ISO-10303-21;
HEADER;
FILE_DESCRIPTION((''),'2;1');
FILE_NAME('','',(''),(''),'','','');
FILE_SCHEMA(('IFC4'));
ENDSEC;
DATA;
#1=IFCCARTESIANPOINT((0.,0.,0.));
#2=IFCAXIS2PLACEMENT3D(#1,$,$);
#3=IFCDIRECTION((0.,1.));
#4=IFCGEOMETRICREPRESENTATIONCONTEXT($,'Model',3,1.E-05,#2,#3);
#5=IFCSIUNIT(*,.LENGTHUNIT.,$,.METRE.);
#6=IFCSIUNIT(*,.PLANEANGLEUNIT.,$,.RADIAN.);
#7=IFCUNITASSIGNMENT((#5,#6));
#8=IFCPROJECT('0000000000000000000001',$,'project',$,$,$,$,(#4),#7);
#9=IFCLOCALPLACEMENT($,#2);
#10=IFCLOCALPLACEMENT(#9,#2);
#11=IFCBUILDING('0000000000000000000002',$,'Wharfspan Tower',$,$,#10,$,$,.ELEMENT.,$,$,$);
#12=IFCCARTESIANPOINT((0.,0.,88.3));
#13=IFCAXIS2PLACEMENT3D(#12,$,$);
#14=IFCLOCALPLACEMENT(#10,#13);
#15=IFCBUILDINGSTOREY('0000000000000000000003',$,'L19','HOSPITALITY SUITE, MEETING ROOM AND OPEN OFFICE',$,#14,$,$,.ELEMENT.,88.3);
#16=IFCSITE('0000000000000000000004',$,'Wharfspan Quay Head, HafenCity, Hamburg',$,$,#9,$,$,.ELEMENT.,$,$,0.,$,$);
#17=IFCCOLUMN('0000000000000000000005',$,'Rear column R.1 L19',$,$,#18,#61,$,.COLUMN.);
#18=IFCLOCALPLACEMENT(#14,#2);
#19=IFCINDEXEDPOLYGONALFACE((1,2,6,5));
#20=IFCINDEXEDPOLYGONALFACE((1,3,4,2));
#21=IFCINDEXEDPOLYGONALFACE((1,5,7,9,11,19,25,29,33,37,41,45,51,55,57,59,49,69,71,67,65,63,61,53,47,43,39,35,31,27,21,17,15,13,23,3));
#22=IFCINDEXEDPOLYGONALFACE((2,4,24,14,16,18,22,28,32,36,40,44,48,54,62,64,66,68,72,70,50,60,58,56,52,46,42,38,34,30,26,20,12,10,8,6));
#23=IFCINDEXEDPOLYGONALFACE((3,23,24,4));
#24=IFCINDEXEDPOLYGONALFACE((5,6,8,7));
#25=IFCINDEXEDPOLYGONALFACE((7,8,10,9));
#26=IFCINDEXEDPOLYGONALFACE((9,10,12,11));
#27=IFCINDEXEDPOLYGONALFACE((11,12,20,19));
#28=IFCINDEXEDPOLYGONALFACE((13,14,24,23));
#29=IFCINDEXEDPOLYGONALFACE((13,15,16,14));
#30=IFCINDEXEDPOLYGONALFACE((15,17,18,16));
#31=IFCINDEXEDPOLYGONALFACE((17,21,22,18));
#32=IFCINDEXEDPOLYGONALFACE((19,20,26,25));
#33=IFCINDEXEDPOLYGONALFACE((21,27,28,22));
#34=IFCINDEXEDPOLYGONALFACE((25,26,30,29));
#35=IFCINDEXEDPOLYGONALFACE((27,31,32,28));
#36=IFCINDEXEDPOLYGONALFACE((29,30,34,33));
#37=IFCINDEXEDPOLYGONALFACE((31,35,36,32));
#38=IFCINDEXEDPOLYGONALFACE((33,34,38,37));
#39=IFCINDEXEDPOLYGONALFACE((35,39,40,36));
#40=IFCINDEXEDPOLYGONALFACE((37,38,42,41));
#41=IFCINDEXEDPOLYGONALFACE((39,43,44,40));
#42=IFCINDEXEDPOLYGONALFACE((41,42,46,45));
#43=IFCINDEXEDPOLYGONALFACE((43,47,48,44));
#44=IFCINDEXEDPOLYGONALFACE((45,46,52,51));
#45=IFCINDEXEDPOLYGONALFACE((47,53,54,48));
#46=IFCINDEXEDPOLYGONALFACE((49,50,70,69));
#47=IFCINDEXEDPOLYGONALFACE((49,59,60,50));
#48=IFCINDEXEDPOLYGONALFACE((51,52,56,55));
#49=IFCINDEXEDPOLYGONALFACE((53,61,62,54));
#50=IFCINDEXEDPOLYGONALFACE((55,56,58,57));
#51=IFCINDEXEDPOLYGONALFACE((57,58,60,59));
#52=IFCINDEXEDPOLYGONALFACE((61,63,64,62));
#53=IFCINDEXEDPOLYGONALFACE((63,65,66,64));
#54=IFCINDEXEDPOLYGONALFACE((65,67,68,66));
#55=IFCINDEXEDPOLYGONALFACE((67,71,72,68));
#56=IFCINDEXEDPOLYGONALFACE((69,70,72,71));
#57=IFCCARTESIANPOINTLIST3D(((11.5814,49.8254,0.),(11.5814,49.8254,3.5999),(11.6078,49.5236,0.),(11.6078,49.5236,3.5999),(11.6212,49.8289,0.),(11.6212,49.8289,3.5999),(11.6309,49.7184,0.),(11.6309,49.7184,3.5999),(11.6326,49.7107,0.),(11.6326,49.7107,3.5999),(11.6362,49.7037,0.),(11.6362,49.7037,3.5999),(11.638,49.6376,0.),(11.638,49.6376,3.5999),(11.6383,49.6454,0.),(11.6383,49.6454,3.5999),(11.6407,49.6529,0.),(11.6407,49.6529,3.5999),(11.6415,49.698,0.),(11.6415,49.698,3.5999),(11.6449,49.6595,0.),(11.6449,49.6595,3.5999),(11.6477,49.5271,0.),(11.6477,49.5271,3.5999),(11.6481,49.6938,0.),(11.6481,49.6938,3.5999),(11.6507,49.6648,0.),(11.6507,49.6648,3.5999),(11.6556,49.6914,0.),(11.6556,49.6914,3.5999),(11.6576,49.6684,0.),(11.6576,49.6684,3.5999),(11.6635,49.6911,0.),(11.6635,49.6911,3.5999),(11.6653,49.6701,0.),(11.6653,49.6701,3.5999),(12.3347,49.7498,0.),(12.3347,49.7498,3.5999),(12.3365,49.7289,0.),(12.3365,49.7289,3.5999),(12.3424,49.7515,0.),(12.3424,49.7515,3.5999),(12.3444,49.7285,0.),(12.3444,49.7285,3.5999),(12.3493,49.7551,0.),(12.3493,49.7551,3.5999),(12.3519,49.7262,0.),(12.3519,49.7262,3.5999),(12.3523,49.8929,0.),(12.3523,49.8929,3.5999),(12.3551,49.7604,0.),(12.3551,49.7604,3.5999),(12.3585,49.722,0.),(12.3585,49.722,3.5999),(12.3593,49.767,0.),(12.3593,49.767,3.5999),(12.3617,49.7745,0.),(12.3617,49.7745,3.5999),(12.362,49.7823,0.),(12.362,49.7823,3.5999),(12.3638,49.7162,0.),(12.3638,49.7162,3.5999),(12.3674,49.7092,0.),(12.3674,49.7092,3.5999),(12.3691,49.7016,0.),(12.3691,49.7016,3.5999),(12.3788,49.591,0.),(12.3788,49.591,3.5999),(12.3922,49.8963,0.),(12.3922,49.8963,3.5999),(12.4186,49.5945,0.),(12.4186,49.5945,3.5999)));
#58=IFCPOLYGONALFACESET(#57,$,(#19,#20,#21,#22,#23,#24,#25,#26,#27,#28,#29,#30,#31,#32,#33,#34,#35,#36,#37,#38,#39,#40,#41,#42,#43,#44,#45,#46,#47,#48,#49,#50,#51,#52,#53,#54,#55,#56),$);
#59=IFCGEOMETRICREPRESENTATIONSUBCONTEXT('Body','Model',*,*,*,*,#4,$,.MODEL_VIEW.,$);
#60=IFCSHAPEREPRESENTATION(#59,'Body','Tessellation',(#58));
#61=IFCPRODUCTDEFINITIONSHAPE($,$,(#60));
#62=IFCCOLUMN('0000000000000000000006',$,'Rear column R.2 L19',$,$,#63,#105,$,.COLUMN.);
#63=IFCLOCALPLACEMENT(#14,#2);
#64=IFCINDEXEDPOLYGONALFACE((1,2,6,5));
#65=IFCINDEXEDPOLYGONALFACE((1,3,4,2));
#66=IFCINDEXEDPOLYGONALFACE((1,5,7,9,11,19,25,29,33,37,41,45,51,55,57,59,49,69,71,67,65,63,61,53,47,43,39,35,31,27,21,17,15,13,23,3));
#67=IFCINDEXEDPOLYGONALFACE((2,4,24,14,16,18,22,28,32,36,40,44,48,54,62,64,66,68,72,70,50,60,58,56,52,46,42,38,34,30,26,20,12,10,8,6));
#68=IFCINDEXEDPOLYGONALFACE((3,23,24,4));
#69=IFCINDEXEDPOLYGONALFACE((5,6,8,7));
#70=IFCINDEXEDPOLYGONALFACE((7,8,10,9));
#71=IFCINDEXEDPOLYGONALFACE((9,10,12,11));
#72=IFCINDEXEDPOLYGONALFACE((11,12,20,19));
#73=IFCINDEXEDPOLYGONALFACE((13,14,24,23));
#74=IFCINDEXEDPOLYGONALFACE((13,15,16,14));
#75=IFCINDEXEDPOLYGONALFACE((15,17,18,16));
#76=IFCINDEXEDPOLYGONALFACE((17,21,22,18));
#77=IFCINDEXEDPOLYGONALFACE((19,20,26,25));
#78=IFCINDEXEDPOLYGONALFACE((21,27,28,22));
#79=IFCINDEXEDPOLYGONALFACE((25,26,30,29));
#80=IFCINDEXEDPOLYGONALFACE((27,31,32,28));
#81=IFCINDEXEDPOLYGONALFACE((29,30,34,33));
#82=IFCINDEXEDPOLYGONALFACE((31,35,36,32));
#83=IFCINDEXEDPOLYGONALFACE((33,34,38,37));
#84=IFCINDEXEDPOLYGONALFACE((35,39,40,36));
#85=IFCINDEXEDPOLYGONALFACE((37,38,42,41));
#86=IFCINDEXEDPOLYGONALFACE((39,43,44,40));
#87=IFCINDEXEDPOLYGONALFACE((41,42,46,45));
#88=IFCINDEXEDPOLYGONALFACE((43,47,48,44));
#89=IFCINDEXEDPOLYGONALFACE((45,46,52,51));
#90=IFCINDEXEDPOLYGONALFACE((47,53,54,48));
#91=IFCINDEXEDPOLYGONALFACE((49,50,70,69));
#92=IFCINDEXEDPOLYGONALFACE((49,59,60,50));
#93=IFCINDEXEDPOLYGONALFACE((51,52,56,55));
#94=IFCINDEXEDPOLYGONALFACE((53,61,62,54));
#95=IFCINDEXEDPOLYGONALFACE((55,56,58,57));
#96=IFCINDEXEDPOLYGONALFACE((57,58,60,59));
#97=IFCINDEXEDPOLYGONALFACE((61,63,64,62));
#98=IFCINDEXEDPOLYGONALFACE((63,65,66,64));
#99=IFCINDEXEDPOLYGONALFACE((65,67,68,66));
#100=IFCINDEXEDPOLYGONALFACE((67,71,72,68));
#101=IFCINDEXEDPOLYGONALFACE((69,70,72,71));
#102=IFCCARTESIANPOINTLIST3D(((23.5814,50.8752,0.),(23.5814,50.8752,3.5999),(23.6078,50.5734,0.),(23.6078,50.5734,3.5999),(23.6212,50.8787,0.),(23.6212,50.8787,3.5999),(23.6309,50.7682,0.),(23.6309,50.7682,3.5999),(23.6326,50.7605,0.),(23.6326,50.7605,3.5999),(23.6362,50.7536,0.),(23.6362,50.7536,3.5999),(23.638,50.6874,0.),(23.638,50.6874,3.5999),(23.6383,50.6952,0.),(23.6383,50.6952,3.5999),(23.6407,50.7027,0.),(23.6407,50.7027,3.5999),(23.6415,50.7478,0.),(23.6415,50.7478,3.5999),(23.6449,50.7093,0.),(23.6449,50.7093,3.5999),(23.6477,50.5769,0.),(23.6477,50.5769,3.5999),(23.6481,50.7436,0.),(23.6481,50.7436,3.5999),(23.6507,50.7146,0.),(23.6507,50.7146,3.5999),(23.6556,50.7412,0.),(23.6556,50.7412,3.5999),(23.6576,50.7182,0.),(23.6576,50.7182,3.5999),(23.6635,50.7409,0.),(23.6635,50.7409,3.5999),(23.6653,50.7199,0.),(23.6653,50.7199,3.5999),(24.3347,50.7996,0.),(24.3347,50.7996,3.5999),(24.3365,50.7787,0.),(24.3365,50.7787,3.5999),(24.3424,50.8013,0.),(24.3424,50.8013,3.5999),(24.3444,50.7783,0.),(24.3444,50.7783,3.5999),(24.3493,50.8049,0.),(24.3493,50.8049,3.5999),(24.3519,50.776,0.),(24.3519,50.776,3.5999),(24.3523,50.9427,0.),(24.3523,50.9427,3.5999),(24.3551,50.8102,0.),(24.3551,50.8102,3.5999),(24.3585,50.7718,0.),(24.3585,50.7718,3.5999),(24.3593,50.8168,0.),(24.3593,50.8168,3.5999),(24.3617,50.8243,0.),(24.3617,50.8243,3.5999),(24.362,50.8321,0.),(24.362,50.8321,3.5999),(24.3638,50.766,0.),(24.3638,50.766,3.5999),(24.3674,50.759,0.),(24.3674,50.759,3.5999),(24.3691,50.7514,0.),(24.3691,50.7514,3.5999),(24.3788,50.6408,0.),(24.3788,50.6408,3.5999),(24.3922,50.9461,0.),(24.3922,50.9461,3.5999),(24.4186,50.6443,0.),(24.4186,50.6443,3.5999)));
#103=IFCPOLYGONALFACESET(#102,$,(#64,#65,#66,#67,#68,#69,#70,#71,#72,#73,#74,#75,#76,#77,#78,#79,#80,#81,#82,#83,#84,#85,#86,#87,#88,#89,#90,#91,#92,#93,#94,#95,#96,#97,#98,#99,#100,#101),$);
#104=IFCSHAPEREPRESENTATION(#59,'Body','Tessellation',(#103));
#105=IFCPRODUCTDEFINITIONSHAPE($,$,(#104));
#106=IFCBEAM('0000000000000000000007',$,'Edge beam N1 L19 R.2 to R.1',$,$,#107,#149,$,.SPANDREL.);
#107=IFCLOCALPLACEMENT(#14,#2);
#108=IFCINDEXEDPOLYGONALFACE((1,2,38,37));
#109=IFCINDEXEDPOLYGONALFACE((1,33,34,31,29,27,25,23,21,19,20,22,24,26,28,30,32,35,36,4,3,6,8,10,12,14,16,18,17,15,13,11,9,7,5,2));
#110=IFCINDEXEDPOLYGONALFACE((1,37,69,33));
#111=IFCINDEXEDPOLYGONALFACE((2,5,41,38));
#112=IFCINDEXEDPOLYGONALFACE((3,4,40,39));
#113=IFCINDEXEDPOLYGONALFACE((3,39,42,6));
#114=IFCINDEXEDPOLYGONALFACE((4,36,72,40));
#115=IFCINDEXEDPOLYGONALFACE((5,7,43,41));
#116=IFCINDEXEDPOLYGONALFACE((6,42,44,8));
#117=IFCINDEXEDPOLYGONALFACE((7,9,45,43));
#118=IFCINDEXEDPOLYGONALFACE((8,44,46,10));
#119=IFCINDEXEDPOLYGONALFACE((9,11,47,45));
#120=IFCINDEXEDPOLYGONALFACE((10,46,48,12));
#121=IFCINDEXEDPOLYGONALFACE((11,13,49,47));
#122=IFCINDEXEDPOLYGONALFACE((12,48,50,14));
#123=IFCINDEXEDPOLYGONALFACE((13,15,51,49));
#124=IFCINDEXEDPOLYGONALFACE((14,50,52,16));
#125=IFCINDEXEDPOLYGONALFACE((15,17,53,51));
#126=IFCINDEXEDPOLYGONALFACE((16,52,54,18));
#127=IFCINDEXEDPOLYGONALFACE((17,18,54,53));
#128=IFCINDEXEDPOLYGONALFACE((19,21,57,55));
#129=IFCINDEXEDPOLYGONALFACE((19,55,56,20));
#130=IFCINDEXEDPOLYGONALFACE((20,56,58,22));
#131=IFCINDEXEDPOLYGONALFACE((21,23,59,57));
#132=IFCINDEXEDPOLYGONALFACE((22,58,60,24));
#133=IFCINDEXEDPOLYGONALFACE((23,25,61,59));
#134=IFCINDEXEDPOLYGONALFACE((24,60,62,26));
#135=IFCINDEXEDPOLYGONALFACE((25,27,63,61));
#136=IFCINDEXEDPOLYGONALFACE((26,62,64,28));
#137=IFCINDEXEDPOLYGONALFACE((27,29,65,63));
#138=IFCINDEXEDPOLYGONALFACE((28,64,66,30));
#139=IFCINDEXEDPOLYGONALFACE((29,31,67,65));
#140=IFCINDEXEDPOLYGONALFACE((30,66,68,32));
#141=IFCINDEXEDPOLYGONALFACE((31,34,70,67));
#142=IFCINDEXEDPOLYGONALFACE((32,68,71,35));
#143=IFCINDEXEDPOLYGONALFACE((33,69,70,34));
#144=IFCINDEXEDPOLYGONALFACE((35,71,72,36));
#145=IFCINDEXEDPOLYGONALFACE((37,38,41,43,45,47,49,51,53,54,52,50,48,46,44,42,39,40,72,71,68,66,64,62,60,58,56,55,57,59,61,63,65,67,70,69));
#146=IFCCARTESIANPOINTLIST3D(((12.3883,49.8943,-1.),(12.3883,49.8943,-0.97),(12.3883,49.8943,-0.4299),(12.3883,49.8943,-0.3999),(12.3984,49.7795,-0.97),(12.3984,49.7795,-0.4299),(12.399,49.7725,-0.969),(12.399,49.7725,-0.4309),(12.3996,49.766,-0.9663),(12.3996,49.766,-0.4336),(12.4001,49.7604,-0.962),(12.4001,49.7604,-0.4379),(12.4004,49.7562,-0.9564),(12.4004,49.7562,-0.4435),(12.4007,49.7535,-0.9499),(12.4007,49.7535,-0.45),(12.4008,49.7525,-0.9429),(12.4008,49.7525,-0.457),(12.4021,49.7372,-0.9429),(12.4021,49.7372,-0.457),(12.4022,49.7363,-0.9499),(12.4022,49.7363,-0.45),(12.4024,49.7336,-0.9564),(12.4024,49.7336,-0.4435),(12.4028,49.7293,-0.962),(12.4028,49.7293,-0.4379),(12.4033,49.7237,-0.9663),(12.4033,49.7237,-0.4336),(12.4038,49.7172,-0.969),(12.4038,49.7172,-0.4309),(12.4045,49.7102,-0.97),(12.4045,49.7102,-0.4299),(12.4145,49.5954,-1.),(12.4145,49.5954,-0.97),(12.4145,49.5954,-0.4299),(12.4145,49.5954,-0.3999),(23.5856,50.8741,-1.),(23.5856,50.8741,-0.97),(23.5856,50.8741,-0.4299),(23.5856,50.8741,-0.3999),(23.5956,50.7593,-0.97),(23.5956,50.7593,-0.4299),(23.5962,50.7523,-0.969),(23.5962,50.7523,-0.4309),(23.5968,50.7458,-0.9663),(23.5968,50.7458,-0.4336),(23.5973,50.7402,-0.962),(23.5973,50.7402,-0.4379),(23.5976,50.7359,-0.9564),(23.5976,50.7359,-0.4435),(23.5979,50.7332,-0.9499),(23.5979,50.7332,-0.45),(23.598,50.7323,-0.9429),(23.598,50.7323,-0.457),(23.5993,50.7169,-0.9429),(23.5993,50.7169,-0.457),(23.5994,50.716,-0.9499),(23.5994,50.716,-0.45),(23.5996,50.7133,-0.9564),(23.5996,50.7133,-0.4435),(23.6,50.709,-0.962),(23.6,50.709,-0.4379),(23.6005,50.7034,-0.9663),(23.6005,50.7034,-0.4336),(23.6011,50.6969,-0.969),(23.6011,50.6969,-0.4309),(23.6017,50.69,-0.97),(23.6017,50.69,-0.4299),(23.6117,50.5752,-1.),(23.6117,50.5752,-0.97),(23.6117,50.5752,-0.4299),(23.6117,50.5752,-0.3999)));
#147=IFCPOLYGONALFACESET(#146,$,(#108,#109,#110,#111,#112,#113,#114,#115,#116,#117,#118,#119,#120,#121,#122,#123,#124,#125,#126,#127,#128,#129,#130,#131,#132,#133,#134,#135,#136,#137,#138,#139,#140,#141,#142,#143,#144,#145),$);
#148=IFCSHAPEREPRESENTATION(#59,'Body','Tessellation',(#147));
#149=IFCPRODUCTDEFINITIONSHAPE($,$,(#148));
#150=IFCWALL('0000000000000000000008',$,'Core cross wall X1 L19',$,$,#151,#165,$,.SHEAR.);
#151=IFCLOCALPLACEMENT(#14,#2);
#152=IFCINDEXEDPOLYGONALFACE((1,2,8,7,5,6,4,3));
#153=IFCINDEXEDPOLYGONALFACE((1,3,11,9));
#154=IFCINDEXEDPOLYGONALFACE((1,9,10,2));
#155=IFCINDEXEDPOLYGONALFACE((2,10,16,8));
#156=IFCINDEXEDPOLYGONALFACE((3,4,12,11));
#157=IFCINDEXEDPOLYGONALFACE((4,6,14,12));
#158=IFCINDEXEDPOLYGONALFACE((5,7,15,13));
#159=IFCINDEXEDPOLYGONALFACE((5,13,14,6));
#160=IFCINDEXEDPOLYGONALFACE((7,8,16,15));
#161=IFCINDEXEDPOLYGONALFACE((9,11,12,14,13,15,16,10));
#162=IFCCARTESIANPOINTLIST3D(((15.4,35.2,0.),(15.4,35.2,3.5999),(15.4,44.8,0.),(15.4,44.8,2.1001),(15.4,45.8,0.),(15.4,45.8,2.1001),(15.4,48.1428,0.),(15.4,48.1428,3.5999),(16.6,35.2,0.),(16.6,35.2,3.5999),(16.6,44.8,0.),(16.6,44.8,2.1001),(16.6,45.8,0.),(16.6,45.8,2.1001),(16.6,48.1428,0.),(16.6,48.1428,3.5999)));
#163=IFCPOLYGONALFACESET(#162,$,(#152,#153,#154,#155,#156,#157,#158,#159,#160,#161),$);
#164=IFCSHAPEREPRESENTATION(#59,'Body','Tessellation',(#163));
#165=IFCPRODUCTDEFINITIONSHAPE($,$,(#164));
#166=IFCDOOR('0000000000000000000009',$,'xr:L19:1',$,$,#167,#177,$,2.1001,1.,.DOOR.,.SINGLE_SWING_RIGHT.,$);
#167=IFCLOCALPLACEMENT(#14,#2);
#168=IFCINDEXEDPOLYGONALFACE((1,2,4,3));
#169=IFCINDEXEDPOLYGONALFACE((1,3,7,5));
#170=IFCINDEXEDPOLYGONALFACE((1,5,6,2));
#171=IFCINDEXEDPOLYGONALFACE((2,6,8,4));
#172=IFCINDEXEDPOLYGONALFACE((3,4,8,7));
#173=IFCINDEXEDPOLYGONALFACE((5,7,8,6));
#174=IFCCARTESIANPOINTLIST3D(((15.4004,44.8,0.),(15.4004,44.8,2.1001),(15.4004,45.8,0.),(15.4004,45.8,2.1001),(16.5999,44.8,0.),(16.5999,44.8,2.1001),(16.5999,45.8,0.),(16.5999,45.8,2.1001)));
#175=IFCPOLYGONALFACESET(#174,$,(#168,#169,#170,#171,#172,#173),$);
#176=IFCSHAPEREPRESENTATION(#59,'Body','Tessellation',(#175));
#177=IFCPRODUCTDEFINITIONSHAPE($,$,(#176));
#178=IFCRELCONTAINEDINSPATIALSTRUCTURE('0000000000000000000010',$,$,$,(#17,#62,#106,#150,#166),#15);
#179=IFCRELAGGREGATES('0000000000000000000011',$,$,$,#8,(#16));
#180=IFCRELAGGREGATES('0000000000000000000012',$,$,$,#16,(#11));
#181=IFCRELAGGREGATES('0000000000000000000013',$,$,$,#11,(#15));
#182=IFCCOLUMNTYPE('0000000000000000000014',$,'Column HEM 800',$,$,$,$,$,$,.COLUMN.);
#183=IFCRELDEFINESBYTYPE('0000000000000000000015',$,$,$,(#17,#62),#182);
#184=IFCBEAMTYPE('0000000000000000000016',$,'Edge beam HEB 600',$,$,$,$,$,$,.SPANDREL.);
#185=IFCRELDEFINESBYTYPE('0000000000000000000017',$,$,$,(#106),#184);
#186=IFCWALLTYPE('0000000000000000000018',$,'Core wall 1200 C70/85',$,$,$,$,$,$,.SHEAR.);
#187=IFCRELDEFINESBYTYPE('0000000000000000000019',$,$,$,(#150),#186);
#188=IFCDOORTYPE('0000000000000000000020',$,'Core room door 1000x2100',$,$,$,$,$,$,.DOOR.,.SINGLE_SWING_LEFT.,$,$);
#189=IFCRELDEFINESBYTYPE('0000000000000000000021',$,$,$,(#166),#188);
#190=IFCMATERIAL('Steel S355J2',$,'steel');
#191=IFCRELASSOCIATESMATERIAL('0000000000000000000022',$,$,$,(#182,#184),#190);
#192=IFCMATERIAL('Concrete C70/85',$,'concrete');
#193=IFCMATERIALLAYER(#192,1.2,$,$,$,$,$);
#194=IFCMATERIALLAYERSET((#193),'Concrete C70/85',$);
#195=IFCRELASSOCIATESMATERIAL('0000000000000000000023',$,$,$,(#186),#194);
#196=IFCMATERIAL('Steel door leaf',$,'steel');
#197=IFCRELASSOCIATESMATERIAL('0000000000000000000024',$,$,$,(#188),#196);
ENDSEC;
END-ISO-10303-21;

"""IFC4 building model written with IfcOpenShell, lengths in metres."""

from ifc_helpers import new_model, si_unit, direction, frame, frame_2d, origin, origin_2d, place, context, subcontext, project, spatial, rectangle, i_section, extrude, material, layer, layer_set, material_profile, profile_set, type_object, element, fill, save


model = new_model("IFC4")

# Units and contexts
model_context = context("Model", 3, precision=1e-05, world=origin(), true_north=direction((0.0, 1.0)))
body_context = subcontext(model_context, "Body", "Model", "MODEL_VIEW")
ifc_project = project(units=[si_unit("LENGTHUNIT", "METRE"), si_unit("PLANEANGLEUNIT", "RADIAN")], contexts=[model_context])

# Site, building, storey
site_placement = place(None, origin())
site = spatial("IfcSite", under=ifc_project, at=site_placement, Name="Wharfspan Quay Head, HafenCity, Hamburg", CompositionType="ELEMENT", RefElevation=0.0)
building_placement = place(site_placement, origin())
building = spatial("IfcBuilding", under=site, at=building_placement, Name="Wharfspan Tower", CompositionType="ELEMENT")
storey_placement = place(building_placement, frame((0.0, 0.0, 88.3)))
storey = spatial("IfcBuildingStorey", under=building, at=storey_placement, Name="L19", Description="HOSPITALITY SUITE, MEETING ROOM AND OPEN OFFICE", CompositionType="ELEMENT", Elevation=88.3)

# Columns
ifc_material_1 = material(Name="Steel S355J2", Category="steel")
ifc_material_profile_1 = material_profile(ifc_material_1, i_section(OverallWidth=0.303, OverallDepth=0.814, WebThickness=0.021, FlangeThickness=0.04, FilletRadius=0.03, at=origin_2d()))
ifc_profile_set_1 = profile_set([ifc_material_profile_1], Name="Steel S355J2")
column_type = type_object("IfcColumnType", Name="Column HEM 800", PredefinedType="COLUMN", material=ifc_profile_set_1)
for number, where, z_axis, x_axis, name in (
    (1, (12.0, 49.71, 0.0), (0.0, 0.0, 1.0), (-0.087156, 0.996197, 0.0), "Rear column R.1 L19"),
    (2, (24.0, 50.7598, 0.0), (0.0, 0.0, 1.0), (-0.087156, 0.996197, 0.0), "Rear column R.2 L19"),
):
    element("IfcColumn", number, at=place(storey_placement, frame(where, z_axis=z_axis, x_axis=x_axis)), inside=storey, type_object=column_type, Name=name, PredefinedType="COLUMN", context=body_context, shape_type="SweptSolid", body=[
        extrude(i_section(OverallWidth=0.303, OverallDepth=0.814, WebThickness=0.021, FlangeThickness=0.04, FilletRadius=0.03, at=origin_2d()), origin(), (0.0, 0.0, 1.0), 3.5999),
    ])

# Beam
ifc_material_profile_2 = material_profile(ifc_material_1, i_section(OverallWidth=0.3, OverallDepth=0.6001, WebThickness=0.0154, FlangeThickness=0.03, FilletRadius=0.0271, at=origin_2d()))
ifc_profile_set_2 = profile_set([ifc_material_profile_2], Name="Steel S355J2")
beam_type = type_object("IfcBeamType", Name="Edge beam HEB 600", PredefinedType="SPANDREL", material=ifc_profile_set_2)
beam_placement = place(storey_placement, frame((23.5986, 50.7246, -0.7), z_axis=(-0.996194, -0.087165, 0.0), x_axis=(0.087165, -0.996194, 0.0)))
element("IfcBeam", 3, at=beam_placement, inside=storey, type_object=beam_type, Name="Edge beam N1 L19 R.2 to R.1", PredefinedType="SPANDREL", context=body_context, shape_type="SweptSolid", body=[
    extrude(i_section(OverallWidth=0.3, OverallDepth=0.6001, WebThickness=0.0154, FlangeThickness=0.03, FilletRadius=0.0271, at=origin_2d()), origin(), (0.0, 0.0, 1.0), 11.24),
])

# Wall, opening, door
ifc_material_2 = material(Name="Concrete C70/85", Category="concrete")
ifc_layer_1 = layer(ifc_material_2, 1.2)
ifc_layer_set_1 = layer_set([ifc_layer_1], Name="Concrete C70/85")
wall_type_1 = type_object("IfcWallType", Name="Core wall 1200 C70/85", PredefinedType="SHEAR", material=ifc_layer_set_1)
wall_1_placement = place(storey_placement, frame((16.0, 35.2, 0.0), z_axis=(0.0, 0.0, 1.0), x_axis=(0.0, 1.0, 0.0)))
wall_1 = element("IfcWall", 4, at=wall_1_placement, inside=storey, type_object=wall_type_1, Name="Core cross wall X1 L19", PredefinedType="SHEAR", context=body_context, shape_type="SweptSolid", body=[
    extrude(rectangle(XDim=12.9429, YDim=1.2, at=frame_2d((6.4714, 0.0))), origin(), (0.0, 0.0, 1.0), 3.5999),
])
opening_1_placement = place(wall_1_placement, frame((9.6001, 0.0, 0.0)))
opening_1 = element("IfcOpeningElement", 5, at=opening_1_placement, cuts=wall_1, PredefinedType="OPENING", context=body_context, shape_type="SweptSolid", body=[
    extrude(rectangle(XDim=1.0, YDim=2.1001, at=frame_2d((0.5, 1.05))), frame((0.0, 0.6099, 0.0), z_axis=(0.0, -1.0, 0.0), x_axis=(1.0, 0.0, 0.0)), (0.0, 0.0, 1.0), 1.22),
])
ifc_material_3 = material(Name="Steel door leaf", Category="steel")
door_type_1 = type_object("IfcDoorType", Name="Core room door 1000x2100", OperationType="SINGLE_SWING_LEFT", PredefinedType="DOOR", material=ifc_material_3)
door_1_placement = place(opening_1_placement, origin())
door_1 = element("IfcDoor", 6, at=door_1_placement, inside=storey, type_object=door_type_1, Name="xr:L19:1", OperationType="SINGLE_SWING_RIGHT", OverallHeight=2.1001, OverallWidth=1.0, PredefinedType="DOOR", context=body_context, shape_type="SweptSolid", body=[
    extrude(rectangle(XDim=1.0, YDim=2.1001, at=frame_2d((0.5, 1.05))), frame((0.0, 0.5996, 0.0), z_axis=(0.0, -1.0, 0.0), x_axis=(1.0, 0.0, 0.0)), (0.0, 0.0, 1.0), 1.1995),
])
fill(opening_1, door_1)

save(model, "model.ifc")
